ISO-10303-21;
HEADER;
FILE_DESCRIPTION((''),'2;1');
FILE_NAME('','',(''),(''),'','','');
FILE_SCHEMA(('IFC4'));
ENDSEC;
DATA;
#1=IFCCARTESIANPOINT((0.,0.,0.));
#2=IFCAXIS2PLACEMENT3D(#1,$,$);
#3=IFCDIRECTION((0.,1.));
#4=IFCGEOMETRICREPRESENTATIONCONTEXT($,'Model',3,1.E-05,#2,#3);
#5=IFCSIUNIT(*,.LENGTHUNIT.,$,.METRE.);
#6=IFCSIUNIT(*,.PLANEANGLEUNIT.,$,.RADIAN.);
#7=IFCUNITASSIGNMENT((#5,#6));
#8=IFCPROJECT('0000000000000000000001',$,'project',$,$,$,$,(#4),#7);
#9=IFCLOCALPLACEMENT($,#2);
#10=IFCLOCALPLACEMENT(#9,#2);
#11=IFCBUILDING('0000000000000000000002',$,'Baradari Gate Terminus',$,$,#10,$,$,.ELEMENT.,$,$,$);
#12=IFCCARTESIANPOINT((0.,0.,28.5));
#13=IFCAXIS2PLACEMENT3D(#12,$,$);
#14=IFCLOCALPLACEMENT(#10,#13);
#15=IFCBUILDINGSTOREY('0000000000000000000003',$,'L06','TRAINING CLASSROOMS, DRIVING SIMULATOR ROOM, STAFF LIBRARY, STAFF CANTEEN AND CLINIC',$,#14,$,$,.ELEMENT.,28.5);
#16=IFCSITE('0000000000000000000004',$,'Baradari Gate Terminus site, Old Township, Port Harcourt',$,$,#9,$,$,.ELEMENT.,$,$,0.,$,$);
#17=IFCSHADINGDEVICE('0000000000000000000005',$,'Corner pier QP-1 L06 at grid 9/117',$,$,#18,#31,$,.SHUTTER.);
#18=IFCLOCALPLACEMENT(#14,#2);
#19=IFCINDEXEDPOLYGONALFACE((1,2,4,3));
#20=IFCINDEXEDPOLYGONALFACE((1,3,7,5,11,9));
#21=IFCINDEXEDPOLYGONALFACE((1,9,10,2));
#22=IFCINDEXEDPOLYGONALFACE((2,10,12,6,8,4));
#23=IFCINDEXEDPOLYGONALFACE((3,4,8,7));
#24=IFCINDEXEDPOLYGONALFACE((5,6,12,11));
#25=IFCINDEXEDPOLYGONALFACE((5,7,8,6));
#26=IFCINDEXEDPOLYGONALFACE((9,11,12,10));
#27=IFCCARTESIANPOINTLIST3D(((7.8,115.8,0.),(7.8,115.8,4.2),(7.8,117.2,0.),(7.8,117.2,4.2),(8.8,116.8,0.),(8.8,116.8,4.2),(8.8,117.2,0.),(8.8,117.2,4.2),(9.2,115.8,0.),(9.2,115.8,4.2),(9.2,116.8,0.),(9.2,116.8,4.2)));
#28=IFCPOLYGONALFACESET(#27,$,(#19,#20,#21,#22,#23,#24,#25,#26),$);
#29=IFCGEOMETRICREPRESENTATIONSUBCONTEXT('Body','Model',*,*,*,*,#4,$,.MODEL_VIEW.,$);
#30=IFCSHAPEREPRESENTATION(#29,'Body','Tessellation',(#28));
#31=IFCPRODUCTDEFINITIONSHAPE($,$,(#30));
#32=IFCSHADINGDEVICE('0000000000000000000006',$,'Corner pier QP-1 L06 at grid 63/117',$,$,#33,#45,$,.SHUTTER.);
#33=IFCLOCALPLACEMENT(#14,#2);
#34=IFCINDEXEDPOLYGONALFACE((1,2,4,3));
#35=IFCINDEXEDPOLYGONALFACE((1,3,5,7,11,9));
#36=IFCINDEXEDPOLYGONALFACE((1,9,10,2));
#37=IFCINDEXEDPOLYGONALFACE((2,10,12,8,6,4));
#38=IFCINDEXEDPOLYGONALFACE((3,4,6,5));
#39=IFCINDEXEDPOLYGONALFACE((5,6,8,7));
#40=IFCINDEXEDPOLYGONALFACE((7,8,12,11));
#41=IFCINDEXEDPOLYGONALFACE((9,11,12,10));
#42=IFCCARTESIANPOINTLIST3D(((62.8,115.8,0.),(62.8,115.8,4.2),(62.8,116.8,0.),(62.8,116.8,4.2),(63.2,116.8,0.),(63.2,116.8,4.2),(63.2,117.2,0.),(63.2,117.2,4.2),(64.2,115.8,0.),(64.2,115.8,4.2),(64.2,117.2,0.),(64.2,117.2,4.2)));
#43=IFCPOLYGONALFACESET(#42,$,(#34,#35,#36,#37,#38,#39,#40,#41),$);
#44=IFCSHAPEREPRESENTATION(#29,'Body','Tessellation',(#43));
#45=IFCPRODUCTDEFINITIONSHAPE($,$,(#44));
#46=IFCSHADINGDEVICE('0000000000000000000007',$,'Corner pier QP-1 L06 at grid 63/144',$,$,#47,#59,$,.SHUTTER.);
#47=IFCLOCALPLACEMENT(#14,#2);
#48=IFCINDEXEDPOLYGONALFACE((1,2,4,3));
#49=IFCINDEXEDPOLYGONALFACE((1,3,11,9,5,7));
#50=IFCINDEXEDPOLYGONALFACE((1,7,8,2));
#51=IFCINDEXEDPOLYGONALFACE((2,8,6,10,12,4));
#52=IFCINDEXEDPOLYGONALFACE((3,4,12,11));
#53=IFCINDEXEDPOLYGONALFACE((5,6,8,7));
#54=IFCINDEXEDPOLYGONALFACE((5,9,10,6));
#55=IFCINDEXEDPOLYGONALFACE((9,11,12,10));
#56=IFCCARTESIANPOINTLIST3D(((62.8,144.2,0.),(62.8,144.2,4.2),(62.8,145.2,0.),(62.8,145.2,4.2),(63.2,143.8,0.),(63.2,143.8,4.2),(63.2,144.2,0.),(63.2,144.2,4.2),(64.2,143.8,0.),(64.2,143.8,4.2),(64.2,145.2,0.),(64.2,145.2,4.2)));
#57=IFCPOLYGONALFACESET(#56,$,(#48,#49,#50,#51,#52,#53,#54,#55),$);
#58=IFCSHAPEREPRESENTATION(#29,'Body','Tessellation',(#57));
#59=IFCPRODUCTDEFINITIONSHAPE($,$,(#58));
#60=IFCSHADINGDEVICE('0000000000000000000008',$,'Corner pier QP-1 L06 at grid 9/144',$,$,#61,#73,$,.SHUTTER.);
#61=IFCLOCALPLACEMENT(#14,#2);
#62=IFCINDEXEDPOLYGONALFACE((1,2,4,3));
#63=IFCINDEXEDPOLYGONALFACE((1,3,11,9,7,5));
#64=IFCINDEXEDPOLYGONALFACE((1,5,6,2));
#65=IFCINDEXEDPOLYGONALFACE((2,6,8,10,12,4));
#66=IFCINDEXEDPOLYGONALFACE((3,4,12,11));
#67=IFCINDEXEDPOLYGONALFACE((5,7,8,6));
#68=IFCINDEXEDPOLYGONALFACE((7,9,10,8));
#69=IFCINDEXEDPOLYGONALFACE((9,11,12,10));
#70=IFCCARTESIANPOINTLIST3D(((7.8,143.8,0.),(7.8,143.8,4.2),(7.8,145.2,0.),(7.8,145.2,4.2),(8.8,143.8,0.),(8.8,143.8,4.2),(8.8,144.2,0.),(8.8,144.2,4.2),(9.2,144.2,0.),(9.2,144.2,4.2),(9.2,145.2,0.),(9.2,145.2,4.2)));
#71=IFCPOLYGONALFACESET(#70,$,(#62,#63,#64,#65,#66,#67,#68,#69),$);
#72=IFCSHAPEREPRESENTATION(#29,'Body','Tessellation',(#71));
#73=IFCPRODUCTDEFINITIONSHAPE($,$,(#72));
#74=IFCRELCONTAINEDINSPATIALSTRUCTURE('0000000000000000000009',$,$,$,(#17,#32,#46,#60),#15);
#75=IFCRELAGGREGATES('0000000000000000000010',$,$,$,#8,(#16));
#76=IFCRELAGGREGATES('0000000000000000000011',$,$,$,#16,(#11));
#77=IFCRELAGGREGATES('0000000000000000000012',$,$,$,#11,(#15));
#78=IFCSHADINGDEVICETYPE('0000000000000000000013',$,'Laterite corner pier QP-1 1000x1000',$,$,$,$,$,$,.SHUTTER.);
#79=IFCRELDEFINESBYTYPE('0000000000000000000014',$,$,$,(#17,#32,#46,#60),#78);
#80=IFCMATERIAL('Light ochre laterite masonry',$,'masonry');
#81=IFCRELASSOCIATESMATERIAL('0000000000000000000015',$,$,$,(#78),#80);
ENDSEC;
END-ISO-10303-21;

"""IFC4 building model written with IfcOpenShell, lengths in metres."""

from ifc_helpers import new_model, si_unit, direction, frame, origin, place, context, subcontext, project, spatial, polyline, outline, extrude, material, type_object, element, save


model = new_model("IFC4")

# Units and contexts
model_context = context("Model", 3, precision=1e-05, world=origin(), true_north=direction((0.0, 1.0)))
body_context = subcontext(model_context, "Body", "Model", "MODEL_VIEW")
ifc_project = project(units=[si_unit("LENGTHUNIT", "METRE"), si_unit("PLANEANGLEUNIT", "RADIAN")], contexts=[model_context])

# Site, building, storey
site_placement = place(None, origin())
site = spatial("IfcSite", under=ifc_project, at=site_placement, Name="Baradari Gate Terminus site, Old Township, Port Harcourt", CompositionType="ELEMENT", RefElevation=0.0)
building_placement = place(site_placement, origin())
building = spatial("IfcBuilding", under=site, at=building_placement, Name="Baradari Gate Terminus", CompositionType="ELEMENT")
storey_placement = place(building_placement, frame((0.0, 0.0, 28.5)))
storey = spatial("IfcBuildingStorey", under=building, at=storey_placement, Name="L06", Description="TRAINING CLASSROOMS, DRIVING SIMULATOR ROOM, STAFF LIBRARY, STAFF CANTEEN AND CLINIC", CompositionType="ELEMENT", Elevation=28.5)

# Shading devices
ifc_material_1 = material(Name="Light ochre laterite masonry", Category="masonry")
shading_device_type = type_object("IfcShadingDeviceType", Name="Laterite corner pier QP-1 1000x1000", PredefinedType="SHUTTER", material=ifc_material_1)
shading_device_1_placement = place(storey_placement, origin())
element("IfcShadingDevice", 1, at=shading_device_1_placement, inside=storey, type_object=shading_device_type, Name="Corner pier QP-1 L06 at grid 9/117", PredefinedType="SHUTTER", context=body_context, shape_type="SweptSolid", body=[
    extrude(outline(polyline([(9.2, 116.8), (9.2, 115.8), (7.8, 115.8), (7.8, 117.2), (8.8, 117.2), (8.8, 116.8), (9.2, 116.8)])), origin(), (0.0, 0.0, 1.0), 4.2),
])
shading_device_2_placement = place(storey_placement, origin())
element("IfcShadingDevice", 2, at=shading_device_2_placement, inside=storey, type_object=shading_device_type, Name="Corner pier QP-1 L06 at grid 63/117", PredefinedType="SHUTTER", context=body_context, shape_type="SweptSolid", body=[
    extrude(outline(polyline([(62.8, 115.8), (62.8, 116.8), (63.2, 116.8), (63.2, 117.2), (64.2, 117.2), (64.2, 115.8), (62.8, 115.8)])), origin(), (0.0, 0.0, 1.0), 4.2),
])
shading_device_3_placement = place(storey_placement, origin())
element("IfcShadingDevice", 3, at=shading_device_3_placement, inside=storey, type_object=shading_device_type, Name="Corner pier QP-1 L06 at grid 63/144", PredefinedType="SHUTTER", context=body_context, shape_type="SweptSolid", body=[
    extrude(outline(polyline([(64.2, 143.8), (63.2, 143.8), (63.2, 144.2), (62.8, 144.2), (62.8, 145.2), (64.2, 145.2), (64.2, 143.8)])), origin(), (0.0, 0.0, 1.0), 4.2),
])
shading_device_4_placement = place(storey_placement, origin())
element("IfcShadingDevice", 4, at=shading_device_4_placement, inside=storey, type_object=shading_device_type, Name="Corner pier QP-1 L06 at grid 9/144", PredefinedType="SHUTTER", context=body_context, shape_type="SweptSolid", body=[
    extrude(outline(polyline([(8.8, 143.8), (7.8, 143.8), (7.8, 145.2), (9.2, 145.2), (9.2, 144.2), (8.8, 144.2), (8.8, 143.8)])), origin(), (0.0, 0.0, 1.0), 4.2),
])

save(model, "model.ifc")
